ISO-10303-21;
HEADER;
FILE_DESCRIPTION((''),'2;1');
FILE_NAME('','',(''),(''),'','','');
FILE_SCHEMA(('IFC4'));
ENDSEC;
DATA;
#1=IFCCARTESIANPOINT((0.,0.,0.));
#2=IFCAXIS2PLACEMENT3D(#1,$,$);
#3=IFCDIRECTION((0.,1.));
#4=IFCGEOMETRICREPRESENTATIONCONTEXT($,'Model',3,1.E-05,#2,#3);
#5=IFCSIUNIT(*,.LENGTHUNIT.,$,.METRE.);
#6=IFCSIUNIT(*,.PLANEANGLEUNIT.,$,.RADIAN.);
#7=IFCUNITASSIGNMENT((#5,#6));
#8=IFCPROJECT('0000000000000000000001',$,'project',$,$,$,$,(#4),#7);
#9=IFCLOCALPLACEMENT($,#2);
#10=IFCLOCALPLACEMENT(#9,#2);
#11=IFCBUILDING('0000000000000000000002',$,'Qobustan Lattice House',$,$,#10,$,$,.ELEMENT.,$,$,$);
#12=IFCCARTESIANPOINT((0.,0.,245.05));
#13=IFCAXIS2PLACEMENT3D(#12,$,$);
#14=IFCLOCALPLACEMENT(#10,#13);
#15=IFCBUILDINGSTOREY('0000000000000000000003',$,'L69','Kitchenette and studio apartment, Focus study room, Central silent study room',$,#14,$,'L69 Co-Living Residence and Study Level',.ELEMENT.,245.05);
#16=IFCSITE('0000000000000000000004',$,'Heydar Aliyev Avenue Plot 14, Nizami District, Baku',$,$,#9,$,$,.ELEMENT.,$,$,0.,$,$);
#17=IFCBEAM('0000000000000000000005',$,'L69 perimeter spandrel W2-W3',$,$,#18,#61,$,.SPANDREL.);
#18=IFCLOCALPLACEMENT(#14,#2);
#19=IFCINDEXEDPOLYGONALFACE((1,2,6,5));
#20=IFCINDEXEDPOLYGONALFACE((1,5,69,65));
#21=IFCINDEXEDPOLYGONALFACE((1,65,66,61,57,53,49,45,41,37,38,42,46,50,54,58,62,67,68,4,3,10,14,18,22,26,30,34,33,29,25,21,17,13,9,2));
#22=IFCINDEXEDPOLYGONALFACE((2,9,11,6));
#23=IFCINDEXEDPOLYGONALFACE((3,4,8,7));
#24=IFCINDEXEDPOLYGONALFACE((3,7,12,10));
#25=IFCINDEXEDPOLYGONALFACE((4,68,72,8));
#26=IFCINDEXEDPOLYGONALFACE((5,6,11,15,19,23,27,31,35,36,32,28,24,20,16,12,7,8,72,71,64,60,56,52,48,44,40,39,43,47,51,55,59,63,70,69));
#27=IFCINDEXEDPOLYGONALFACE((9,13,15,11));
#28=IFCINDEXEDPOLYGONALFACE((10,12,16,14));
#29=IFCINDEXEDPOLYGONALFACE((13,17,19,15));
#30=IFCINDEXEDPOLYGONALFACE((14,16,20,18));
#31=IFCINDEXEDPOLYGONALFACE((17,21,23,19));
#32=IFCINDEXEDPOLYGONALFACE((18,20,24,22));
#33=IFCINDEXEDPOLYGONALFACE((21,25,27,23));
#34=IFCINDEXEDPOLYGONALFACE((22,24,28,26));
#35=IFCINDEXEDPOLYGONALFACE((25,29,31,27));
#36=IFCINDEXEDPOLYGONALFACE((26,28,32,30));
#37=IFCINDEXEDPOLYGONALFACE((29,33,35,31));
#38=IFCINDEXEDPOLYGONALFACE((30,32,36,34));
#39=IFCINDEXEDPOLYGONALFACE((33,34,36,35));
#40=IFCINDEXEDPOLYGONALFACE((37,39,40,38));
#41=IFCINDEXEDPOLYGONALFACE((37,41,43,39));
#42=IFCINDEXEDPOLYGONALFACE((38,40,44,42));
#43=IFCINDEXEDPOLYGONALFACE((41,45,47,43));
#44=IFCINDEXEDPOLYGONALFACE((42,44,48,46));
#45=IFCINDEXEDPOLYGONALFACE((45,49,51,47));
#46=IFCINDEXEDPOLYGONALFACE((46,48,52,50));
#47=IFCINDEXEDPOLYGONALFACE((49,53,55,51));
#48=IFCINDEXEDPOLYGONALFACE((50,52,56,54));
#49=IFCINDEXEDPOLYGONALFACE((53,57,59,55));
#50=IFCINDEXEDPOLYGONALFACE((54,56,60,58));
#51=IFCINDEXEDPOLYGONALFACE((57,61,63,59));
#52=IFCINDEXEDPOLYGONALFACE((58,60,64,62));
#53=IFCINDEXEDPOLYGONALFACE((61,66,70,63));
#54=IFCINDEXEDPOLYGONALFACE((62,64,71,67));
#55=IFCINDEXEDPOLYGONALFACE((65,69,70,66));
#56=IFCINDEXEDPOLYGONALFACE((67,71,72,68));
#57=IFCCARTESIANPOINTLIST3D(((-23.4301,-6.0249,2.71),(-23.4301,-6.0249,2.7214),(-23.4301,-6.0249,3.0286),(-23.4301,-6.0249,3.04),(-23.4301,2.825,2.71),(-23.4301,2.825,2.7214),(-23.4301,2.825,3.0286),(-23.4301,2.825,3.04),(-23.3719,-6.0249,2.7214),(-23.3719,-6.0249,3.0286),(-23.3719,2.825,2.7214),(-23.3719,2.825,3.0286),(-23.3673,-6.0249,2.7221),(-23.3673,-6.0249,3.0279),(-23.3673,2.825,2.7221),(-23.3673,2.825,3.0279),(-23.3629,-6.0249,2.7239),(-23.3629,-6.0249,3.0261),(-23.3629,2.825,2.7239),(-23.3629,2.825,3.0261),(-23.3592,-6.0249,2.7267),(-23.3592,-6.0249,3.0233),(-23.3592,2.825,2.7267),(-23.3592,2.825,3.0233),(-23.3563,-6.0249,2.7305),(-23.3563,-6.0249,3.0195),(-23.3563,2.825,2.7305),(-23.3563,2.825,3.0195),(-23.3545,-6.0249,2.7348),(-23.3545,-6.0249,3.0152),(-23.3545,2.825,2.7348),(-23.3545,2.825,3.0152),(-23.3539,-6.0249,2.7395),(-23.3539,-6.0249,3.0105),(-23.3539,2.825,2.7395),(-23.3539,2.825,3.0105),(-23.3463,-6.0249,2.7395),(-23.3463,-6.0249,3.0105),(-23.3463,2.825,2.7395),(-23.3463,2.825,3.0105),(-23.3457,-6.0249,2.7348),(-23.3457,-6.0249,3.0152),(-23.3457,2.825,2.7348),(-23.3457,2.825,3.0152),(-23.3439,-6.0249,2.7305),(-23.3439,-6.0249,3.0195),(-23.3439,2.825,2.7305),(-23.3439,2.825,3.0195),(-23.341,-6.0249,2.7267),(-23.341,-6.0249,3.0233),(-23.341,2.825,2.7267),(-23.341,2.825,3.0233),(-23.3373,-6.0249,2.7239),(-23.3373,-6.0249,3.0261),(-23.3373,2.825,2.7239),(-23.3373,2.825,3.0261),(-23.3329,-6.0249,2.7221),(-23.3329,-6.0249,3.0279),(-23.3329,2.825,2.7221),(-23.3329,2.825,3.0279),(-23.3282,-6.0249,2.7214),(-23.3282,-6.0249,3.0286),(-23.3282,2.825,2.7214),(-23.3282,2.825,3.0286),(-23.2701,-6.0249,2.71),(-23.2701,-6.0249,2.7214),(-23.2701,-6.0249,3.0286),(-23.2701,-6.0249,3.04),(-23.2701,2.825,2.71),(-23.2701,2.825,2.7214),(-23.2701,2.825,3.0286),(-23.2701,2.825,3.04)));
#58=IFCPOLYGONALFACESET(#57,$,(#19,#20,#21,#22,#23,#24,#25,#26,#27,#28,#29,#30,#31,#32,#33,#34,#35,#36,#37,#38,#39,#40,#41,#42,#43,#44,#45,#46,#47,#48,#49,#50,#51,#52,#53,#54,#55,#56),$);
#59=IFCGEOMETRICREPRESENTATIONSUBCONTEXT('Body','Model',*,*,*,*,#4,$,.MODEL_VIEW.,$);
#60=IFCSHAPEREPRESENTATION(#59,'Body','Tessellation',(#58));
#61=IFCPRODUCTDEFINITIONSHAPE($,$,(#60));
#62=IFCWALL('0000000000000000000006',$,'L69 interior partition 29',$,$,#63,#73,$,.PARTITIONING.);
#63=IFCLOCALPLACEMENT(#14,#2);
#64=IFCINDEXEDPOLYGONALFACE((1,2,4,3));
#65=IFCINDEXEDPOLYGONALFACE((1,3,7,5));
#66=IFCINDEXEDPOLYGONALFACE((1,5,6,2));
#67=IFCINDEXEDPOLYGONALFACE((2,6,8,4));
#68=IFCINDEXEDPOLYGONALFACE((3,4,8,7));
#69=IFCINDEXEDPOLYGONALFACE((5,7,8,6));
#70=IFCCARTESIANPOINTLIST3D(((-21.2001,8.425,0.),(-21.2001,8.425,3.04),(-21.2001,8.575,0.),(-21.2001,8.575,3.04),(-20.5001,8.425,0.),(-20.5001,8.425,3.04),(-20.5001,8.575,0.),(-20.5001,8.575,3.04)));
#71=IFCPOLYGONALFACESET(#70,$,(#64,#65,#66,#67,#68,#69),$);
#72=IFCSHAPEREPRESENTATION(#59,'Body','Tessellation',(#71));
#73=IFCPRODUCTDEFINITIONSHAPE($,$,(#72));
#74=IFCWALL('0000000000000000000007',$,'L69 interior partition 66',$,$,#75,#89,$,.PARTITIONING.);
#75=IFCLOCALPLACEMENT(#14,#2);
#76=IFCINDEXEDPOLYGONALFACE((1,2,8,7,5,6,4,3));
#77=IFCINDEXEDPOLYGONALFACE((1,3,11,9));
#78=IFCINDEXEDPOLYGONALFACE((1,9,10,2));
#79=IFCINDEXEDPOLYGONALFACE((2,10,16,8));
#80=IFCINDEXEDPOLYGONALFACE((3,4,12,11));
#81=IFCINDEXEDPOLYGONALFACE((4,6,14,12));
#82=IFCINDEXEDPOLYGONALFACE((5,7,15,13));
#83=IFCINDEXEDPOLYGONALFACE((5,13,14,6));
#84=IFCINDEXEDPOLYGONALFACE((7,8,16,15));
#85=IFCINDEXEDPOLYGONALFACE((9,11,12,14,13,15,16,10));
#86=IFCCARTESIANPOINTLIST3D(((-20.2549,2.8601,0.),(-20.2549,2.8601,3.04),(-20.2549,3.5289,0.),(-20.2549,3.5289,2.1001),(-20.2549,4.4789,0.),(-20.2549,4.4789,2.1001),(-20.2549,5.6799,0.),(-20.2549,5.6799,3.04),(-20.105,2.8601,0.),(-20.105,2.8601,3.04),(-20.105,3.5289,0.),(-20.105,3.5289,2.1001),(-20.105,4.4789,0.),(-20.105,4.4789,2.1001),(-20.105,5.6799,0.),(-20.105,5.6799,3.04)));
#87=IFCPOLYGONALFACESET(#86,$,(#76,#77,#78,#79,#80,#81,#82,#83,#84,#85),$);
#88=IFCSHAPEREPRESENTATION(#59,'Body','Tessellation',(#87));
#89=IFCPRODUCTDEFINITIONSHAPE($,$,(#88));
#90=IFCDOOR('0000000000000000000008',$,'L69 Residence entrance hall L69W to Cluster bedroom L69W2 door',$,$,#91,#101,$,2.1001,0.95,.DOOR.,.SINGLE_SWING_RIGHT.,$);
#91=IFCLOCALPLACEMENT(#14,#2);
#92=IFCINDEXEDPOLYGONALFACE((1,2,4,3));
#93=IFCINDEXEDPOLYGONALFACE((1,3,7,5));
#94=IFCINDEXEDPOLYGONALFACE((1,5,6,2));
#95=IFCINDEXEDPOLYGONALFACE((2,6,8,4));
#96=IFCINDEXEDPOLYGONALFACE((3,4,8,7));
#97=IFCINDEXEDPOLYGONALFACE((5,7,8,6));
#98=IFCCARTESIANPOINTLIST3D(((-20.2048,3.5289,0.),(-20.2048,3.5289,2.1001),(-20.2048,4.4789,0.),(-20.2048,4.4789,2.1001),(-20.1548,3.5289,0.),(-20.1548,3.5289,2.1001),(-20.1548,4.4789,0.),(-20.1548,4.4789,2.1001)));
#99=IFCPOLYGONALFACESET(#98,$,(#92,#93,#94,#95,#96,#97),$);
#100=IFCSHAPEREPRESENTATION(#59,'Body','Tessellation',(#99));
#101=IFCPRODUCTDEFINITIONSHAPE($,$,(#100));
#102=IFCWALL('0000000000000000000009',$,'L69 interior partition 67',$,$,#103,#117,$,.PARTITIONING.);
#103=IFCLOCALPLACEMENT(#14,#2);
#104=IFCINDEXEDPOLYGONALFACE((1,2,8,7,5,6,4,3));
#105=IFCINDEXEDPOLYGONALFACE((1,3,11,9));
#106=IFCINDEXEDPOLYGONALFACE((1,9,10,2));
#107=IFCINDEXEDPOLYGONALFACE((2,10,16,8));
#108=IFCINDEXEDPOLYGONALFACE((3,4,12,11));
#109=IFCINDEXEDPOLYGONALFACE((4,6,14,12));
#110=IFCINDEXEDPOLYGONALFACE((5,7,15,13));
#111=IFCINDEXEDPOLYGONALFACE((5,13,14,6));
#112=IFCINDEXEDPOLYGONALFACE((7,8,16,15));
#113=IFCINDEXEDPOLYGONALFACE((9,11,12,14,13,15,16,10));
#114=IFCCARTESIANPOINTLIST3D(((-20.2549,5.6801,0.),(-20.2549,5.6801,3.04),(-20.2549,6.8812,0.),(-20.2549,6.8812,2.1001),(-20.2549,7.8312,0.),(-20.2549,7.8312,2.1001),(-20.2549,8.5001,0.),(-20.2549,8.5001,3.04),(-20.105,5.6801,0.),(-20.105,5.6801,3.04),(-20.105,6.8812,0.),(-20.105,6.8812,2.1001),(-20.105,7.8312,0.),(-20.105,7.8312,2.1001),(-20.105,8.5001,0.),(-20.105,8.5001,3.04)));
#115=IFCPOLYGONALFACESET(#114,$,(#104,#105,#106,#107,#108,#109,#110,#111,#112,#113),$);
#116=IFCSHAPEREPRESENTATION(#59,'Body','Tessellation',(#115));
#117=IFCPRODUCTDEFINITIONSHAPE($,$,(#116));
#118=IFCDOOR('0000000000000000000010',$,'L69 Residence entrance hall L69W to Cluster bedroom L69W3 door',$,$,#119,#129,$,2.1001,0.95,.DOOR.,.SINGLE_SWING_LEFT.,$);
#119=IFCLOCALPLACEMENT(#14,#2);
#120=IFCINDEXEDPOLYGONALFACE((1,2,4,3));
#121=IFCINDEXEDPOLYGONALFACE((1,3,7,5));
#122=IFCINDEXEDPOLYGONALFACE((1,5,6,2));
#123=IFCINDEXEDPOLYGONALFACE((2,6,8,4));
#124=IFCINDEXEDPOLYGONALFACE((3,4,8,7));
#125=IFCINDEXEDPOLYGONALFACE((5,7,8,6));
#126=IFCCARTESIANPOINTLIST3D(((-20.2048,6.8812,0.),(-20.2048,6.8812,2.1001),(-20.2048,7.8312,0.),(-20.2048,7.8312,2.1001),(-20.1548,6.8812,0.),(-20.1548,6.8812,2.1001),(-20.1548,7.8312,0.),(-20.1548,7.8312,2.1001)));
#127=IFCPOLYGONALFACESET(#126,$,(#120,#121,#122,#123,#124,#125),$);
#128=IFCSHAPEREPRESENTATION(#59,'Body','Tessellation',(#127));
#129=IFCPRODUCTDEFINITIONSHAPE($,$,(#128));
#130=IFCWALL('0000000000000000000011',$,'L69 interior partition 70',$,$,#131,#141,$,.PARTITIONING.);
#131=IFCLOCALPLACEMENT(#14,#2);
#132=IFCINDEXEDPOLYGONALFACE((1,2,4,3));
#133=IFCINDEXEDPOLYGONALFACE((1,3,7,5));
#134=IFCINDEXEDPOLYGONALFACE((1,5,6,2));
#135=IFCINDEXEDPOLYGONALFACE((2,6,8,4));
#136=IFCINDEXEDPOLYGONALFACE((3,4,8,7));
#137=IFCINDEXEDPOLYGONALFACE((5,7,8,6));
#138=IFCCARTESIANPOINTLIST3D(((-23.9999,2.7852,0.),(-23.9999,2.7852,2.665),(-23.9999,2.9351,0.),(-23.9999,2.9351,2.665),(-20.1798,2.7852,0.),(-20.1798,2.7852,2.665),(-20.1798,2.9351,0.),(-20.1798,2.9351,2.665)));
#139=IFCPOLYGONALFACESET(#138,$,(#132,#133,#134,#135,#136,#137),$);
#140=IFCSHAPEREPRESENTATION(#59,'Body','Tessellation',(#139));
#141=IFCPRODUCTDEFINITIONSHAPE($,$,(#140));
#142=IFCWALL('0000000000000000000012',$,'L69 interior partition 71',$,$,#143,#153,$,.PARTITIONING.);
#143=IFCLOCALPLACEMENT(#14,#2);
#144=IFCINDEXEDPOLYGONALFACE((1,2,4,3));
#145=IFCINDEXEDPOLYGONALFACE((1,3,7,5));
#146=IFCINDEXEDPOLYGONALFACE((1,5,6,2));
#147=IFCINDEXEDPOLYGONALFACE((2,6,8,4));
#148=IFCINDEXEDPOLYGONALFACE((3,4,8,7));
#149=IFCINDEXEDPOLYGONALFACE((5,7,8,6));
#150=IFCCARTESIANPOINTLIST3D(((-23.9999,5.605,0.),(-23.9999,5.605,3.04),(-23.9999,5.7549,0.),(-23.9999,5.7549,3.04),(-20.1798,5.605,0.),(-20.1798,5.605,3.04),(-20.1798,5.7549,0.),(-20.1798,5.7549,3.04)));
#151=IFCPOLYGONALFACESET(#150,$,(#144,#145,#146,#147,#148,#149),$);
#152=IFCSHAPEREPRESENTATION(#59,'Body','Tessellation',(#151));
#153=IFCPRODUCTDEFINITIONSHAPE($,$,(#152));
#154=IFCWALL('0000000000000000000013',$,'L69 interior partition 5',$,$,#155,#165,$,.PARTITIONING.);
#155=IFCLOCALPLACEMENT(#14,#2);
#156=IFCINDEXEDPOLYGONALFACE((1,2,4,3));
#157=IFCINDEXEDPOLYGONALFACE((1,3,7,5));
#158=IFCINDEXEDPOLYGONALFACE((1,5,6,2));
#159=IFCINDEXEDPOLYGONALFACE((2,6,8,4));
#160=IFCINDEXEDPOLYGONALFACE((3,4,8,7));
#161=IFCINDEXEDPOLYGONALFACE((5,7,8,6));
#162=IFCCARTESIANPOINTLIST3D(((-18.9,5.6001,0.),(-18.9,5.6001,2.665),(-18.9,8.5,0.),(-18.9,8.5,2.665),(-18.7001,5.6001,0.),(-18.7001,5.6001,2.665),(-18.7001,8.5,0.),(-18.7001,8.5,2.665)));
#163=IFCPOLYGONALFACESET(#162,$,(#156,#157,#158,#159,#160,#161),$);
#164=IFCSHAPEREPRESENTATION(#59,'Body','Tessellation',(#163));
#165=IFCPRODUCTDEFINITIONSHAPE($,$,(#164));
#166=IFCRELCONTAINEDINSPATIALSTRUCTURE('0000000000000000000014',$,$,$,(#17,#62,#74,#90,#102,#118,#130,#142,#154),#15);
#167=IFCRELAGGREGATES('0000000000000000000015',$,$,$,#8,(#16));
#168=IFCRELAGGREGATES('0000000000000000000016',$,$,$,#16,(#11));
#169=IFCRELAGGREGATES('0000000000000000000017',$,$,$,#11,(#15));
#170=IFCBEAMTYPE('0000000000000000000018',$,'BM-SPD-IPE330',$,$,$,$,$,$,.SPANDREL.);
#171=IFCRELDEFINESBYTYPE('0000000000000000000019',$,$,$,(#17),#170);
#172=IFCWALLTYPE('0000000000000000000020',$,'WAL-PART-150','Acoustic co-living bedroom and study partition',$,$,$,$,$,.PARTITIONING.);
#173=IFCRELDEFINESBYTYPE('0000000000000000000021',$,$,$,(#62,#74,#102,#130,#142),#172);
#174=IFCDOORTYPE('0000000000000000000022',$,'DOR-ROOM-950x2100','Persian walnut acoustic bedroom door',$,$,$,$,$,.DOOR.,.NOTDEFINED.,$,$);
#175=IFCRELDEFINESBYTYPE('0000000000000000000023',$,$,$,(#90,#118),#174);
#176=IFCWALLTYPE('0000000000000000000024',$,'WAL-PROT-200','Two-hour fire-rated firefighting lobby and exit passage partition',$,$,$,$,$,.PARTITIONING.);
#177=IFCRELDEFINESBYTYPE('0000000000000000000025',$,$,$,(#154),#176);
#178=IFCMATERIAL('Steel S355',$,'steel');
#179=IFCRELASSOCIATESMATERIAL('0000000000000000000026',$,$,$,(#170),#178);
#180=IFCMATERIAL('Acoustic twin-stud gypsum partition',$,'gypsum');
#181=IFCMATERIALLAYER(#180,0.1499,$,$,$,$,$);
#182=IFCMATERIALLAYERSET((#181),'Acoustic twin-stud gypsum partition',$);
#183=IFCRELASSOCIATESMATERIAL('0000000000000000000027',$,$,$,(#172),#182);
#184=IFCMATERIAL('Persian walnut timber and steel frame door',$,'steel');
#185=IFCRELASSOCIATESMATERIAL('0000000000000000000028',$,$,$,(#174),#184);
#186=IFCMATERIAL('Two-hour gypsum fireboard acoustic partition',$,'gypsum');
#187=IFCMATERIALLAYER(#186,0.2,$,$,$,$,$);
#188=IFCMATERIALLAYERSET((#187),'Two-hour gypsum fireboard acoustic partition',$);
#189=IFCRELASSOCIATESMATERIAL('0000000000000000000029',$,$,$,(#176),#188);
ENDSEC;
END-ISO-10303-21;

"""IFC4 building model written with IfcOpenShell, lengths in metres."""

from ifc_helpers import new_model, si_unit, direction, frame, frame_2d, origin, origin_2d, place, context, subcontext, project, spatial, rectangle, i_section, extrude, material, layer, layer_set, material_profile, profile_set, type_object, element, fill, save


model = new_model("IFC4")

# Units and contexts
model_context = context("Model", 3, precision=1e-05, world=origin(), true_north=direction((0.0, 1.0)))
body_context = subcontext(model_context, "Body", "Model", "MODEL_VIEW")
ifc_project = project(units=[si_unit("LENGTHUNIT", "METRE"), si_unit("PLANEANGLEUNIT", "RADIAN")], contexts=[model_context])

# Site, building, storey
site_placement = place(None, origin())
site = spatial("IfcSite", under=ifc_project, at=site_placement, Name="Heydar Aliyev Avenue Plot 14, Nizami District, Baku", CompositionType="ELEMENT", RefElevation=0.0)
building_placement = place(site_placement, origin())
building = spatial("IfcBuilding", under=site, at=building_placement, Name="Qobustan Lattice House", CompositionType="ELEMENT")
storey_placement = place(building_placement, frame((0.0, 0.0, 245.05)))
storey = spatial("IfcBuildingStorey", under=building, at=storey_placement, Name="L69", Description="Kitchenette and studio apartment, Focus study room, Central silent study room", LongName="L69 Co-Living Residence and Study Level", CompositionType="ELEMENT", Elevation=245.05)

# Beam
ifc_material_1 = material(Name="Steel S355", Category="steel")
ifc_material_profile_1 = material_profile(ifc_material_1, i_section(OverallWidth=0.1599, OverallDepth=0.3301, WebThickness=0.0076, FlangeThickness=0.0115, FilletRadius=0.0181, at=origin_2d()), Name="IPE330")
ifc_profile_set_1 = profile_set([ifc_material_profile_1], Name="Steel S355")
beam_type_1 = type_object("IfcBeamType", Name="BM-SPD-IPE330", PredefinedType="SPANDREL", material=ifc_profile_set_1)
beam_1_placement = place(storey_placement, frame((-23.3501, 2.825, 2.875), z_axis=(0.0, -1.0, 0.0), x_axis=(1.0, 0.0, 0.0)))
element("IfcBeam", 1, at=beam_1_placement, inside=storey, type_object=beam_type_1, Name="L69 perimeter spandrel W2-W3", PredefinedType="SPANDREL", context=body_context, shape_type="SweptSolid", body=[
    extrude(i_section(OverallWidth=0.1599, OverallDepth=0.3301, WebThickness=0.0076, FlangeThickness=0.0115, FilletRadius=0.0181, at=origin_2d()), origin(), (0.0, 0.0, 1.0), 8.8499),
])

# Wall
ifc_material_2 = material(Name="Acoustic twin-stud gypsum partition", Category="gypsum")
ifc_layer_1 = layer(ifc_material_2, 0.1499)
ifc_layer_set_1 = layer_set([ifc_layer_1], Name="Acoustic twin-stud gypsum partition")
wall_type_1 = type_object("IfcWallType", Name="WAL-PART-150", Description="Acoustic co-living bedroom and study partition", PredefinedType="PARTITIONING", material=ifc_layer_set_1)
wall_1_placement = place(storey_placement, frame((-20.5, 8.5, 0.0), z_axis=(0.0, 0.0, 1.0), x_axis=(-1.0, 0.0, 0.0)))
element("IfcWall", 2, at=wall_1_placement, inside=storey, type_object=wall_type_1, Name="L69 interior partition 29", PredefinedType="PARTITIONING", context=body_context, shape_type="SweptSolid", body=[
    extrude(rectangle(XDim=0.7, YDim=0.1499, at=frame_2d((0.3501, 0.0))), origin(), (0.0, 0.0, 1.0), 3.04),
])

# Walls, openings, doors
wall_2_placement = place(storey_placement, frame((-20.1799, 2.8601, 0.0), z_axis=(0.0, 0.0, 1.0), x_axis=(0.0, 1.0, 0.0)))
wall_2 = element("IfcWall", 3, at=wall_2_placement, inside=storey, type_object=wall_type_1, Name="L69 interior partition 66", PredefinedType="PARTITIONING", context=body_context, shape_type="SweptSolid", body=[
    extrude(rectangle(XDim=2.8198, YDim=0.1499, at=frame_2d((1.4099, 0.0))), origin(), (0.0, 0.0, 1.0), 3.04),
])
opening_1_placement = place(wall_2_placement, frame((0.6687, 0.0, 0.0)))
opening_1 = element("IfcOpeningElement", 4, at=opening_1_placement, cuts=wall_2, PredefinedType="OPENING", context=body_context, shape_type="SweptSolid", body=[
    extrude(rectangle(XDim=0.95, YDim=2.1001, at=frame_2d((0.4751, 1.05))), frame((0.0, 0.085, 0.0), z_axis=(0.0, -1.0, 0.0), x_axis=(1.0, 0.0, 0.0)), (0.0, 0.0, 1.0), 0.1699),
])
ifc_material_3 = material(Name="Persian walnut timber and steel frame door", Category="steel")
door_type_1 = type_object("IfcDoorType", Name="DOR-ROOM-950x2100", Description="Persian walnut acoustic bedroom door", OperationType="NOTDEFINED", PredefinedType="DOOR", material=ifc_material_3)
door_1_placement = place(opening_1_placement, origin())
door_1 = element("IfcDoor", 5, at=door_1_placement, inside=storey, type_object=door_type_1, Name="L69 Residence entrance hall L69W to Cluster bedroom L69W2 door", OperationType="SINGLE_SWING_RIGHT", OverallHeight=2.1001, OverallWidth=0.95, PredefinedType="DOOR", context=body_context, shape_type="SweptSolid", body=[
    extrude(rectangle(XDim=0.95, YDim=2.1001, at=frame_2d((0.4751, 1.05))), frame((0.0, 0.0249, 0.0), z_axis=(0.0, -1.0, 0.0), x_axis=(1.0, 0.0, 0.0)), (0.0, 0.0, 1.0), 0.05),
])
fill(opening_1, door_1)
wall_3_placement = place(storey_placement, frame((-20.1799, 5.6799, 0.0), z_axis=(0.0, 0.0, 1.0), x_axis=(0.0, 1.0, 0.0)))
wall_3 = element("IfcWall", 6, at=wall_3_placement, inside=storey, type_object=wall_type_1, Name="L69 interior partition 67", PredefinedType="PARTITIONING", context=body_context, shape_type="SweptSolid", body=[
    extrude(rectangle(XDim=2.8201, YDim=0.1499, at=frame_2d((1.4102, 0.0))), origin(), (0.0, 0.0, 1.0), 3.04),
])
opening_2_placement = place(wall_3_placement, frame((1.2012, 0.0, 0.0)))
opening_2 = element("IfcOpeningElement", 7, at=opening_2_placement, cuts=wall_3, PredefinedType="OPENING", context=body_context, shape_type="SweptSolid", body=[
    extrude(rectangle(XDim=0.95, YDim=2.1001, at=frame_2d((0.4751, 1.05))), frame((0.0, 0.085, 0.0), z_axis=(0.0, -1.0, 0.0), x_axis=(1.0, 0.0, 0.0)), (0.0, 0.0, 1.0), 0.1699),
])
door_2_placement = place(opening_2_placement, origin())
door_2 = element("IfcDoor", 8, at=door_2_placement, inside=storey, type_object=door_type_1, Name="L69 Residence entrance hall L69W to Cluster bedroom L69W3 door", OperationType="SINGLE_SWING_LEFT", OverallHeight=2.1001, OverallWidth=0.95, PredefinedType="DOOR", context=body_context, shape_type="SweptSolid", body=[
    extrude(rectangle(XDim=0.95, YDim=2.1001, at=frame_2d((0.4751, 1.05))), frame((0.0, 0.0249, 0.0), z_axis=(0.0, -1.0, 0.0), x_axis=(1.0, 0.0, 0.0)), (0.0, 0.0, 1.0), 0.05),
])
fill(opening_2, door_2)

# Walls
wall_4_placement = place(storey_placement, frame((-24.0, 2.8601, 0.0), z_axis=(0.0, 0.0, 1.0), x_axis=(1.0, 0.0, 0.0)))
element("IfcWall", 9, at=wall_4_placement, inside=storey, type_object=wall_type_1, Name="L69 interior partition 70", PredefinedType="PARTITIONING", context=body_context, shape_type="SweptSolid", body=[
    extrude(rectangle(XDim=3.8201, YDim=0.1499, at=frame_2d((1.9102, 0.0))), origin(), (0.0, 0.0, 1.0), 2.665),
])
wall_5_placement = place(storey_placement, frame((-24.0, 5.6799, 0.0), z_axis=(0.0, 0.0, 1.0), x_axis=(1.0, 0.0, 0.0)))
element("IfcWall", 10, at=wall_5_placement, inside=storey, type_object=wall_type_1, Name="L69 interior partition 71", PredefinedType="PARTITIONING", context=body_context, shape_type="SweptSolid", body=[
    extrude(rectangle(XDim=3.8201, YDim=0.1499, at=frame_2d((1.9102, 0.0))), origin(), (0.0, 0.0, 1.0), 3.04),
])
ifc_material_4 = material(Name="Two-hour gypsum fireboard acoustic partition", Category="gypsum")
ifc_layer_2 = layer(ifc_material_4, 0.2)
ifc_layer_set_2 = layer_set([ifc_layer_2], Name="Two-hour gypsum fireboard acoustic partition")
wall_type_2 = type_object("IfcWallType", Name="WAL-PROT-200", Description="Two-hour fire-rated firefighting lobby and exit passage partition", PredefinedType="PARTITIONING", material=ifc_layer_set_2)
wall_6_placement = place(storey_placement, frame((-18.8, 8.5, 0.0), z_axis=(0.0, 0.0, 1.0), x_axis=(0.0, -1.0, 0.0)))
element("IfcWall", 11, at=wall_6_placement, inside=storey, type_object=wall_type_2, Name="L69 interior partition 5", PredefinedType="PARTITIONING", context=body_context, shape_type="SweptSolid", body=[
    extrude(rectangle(XDim=2.8999, YDim=0.2, at=frame_2d((1.45, 0.0))), origin(), (0.0, 0.0, 1.0), 2.665),
])

save(model, "model.ifc")
